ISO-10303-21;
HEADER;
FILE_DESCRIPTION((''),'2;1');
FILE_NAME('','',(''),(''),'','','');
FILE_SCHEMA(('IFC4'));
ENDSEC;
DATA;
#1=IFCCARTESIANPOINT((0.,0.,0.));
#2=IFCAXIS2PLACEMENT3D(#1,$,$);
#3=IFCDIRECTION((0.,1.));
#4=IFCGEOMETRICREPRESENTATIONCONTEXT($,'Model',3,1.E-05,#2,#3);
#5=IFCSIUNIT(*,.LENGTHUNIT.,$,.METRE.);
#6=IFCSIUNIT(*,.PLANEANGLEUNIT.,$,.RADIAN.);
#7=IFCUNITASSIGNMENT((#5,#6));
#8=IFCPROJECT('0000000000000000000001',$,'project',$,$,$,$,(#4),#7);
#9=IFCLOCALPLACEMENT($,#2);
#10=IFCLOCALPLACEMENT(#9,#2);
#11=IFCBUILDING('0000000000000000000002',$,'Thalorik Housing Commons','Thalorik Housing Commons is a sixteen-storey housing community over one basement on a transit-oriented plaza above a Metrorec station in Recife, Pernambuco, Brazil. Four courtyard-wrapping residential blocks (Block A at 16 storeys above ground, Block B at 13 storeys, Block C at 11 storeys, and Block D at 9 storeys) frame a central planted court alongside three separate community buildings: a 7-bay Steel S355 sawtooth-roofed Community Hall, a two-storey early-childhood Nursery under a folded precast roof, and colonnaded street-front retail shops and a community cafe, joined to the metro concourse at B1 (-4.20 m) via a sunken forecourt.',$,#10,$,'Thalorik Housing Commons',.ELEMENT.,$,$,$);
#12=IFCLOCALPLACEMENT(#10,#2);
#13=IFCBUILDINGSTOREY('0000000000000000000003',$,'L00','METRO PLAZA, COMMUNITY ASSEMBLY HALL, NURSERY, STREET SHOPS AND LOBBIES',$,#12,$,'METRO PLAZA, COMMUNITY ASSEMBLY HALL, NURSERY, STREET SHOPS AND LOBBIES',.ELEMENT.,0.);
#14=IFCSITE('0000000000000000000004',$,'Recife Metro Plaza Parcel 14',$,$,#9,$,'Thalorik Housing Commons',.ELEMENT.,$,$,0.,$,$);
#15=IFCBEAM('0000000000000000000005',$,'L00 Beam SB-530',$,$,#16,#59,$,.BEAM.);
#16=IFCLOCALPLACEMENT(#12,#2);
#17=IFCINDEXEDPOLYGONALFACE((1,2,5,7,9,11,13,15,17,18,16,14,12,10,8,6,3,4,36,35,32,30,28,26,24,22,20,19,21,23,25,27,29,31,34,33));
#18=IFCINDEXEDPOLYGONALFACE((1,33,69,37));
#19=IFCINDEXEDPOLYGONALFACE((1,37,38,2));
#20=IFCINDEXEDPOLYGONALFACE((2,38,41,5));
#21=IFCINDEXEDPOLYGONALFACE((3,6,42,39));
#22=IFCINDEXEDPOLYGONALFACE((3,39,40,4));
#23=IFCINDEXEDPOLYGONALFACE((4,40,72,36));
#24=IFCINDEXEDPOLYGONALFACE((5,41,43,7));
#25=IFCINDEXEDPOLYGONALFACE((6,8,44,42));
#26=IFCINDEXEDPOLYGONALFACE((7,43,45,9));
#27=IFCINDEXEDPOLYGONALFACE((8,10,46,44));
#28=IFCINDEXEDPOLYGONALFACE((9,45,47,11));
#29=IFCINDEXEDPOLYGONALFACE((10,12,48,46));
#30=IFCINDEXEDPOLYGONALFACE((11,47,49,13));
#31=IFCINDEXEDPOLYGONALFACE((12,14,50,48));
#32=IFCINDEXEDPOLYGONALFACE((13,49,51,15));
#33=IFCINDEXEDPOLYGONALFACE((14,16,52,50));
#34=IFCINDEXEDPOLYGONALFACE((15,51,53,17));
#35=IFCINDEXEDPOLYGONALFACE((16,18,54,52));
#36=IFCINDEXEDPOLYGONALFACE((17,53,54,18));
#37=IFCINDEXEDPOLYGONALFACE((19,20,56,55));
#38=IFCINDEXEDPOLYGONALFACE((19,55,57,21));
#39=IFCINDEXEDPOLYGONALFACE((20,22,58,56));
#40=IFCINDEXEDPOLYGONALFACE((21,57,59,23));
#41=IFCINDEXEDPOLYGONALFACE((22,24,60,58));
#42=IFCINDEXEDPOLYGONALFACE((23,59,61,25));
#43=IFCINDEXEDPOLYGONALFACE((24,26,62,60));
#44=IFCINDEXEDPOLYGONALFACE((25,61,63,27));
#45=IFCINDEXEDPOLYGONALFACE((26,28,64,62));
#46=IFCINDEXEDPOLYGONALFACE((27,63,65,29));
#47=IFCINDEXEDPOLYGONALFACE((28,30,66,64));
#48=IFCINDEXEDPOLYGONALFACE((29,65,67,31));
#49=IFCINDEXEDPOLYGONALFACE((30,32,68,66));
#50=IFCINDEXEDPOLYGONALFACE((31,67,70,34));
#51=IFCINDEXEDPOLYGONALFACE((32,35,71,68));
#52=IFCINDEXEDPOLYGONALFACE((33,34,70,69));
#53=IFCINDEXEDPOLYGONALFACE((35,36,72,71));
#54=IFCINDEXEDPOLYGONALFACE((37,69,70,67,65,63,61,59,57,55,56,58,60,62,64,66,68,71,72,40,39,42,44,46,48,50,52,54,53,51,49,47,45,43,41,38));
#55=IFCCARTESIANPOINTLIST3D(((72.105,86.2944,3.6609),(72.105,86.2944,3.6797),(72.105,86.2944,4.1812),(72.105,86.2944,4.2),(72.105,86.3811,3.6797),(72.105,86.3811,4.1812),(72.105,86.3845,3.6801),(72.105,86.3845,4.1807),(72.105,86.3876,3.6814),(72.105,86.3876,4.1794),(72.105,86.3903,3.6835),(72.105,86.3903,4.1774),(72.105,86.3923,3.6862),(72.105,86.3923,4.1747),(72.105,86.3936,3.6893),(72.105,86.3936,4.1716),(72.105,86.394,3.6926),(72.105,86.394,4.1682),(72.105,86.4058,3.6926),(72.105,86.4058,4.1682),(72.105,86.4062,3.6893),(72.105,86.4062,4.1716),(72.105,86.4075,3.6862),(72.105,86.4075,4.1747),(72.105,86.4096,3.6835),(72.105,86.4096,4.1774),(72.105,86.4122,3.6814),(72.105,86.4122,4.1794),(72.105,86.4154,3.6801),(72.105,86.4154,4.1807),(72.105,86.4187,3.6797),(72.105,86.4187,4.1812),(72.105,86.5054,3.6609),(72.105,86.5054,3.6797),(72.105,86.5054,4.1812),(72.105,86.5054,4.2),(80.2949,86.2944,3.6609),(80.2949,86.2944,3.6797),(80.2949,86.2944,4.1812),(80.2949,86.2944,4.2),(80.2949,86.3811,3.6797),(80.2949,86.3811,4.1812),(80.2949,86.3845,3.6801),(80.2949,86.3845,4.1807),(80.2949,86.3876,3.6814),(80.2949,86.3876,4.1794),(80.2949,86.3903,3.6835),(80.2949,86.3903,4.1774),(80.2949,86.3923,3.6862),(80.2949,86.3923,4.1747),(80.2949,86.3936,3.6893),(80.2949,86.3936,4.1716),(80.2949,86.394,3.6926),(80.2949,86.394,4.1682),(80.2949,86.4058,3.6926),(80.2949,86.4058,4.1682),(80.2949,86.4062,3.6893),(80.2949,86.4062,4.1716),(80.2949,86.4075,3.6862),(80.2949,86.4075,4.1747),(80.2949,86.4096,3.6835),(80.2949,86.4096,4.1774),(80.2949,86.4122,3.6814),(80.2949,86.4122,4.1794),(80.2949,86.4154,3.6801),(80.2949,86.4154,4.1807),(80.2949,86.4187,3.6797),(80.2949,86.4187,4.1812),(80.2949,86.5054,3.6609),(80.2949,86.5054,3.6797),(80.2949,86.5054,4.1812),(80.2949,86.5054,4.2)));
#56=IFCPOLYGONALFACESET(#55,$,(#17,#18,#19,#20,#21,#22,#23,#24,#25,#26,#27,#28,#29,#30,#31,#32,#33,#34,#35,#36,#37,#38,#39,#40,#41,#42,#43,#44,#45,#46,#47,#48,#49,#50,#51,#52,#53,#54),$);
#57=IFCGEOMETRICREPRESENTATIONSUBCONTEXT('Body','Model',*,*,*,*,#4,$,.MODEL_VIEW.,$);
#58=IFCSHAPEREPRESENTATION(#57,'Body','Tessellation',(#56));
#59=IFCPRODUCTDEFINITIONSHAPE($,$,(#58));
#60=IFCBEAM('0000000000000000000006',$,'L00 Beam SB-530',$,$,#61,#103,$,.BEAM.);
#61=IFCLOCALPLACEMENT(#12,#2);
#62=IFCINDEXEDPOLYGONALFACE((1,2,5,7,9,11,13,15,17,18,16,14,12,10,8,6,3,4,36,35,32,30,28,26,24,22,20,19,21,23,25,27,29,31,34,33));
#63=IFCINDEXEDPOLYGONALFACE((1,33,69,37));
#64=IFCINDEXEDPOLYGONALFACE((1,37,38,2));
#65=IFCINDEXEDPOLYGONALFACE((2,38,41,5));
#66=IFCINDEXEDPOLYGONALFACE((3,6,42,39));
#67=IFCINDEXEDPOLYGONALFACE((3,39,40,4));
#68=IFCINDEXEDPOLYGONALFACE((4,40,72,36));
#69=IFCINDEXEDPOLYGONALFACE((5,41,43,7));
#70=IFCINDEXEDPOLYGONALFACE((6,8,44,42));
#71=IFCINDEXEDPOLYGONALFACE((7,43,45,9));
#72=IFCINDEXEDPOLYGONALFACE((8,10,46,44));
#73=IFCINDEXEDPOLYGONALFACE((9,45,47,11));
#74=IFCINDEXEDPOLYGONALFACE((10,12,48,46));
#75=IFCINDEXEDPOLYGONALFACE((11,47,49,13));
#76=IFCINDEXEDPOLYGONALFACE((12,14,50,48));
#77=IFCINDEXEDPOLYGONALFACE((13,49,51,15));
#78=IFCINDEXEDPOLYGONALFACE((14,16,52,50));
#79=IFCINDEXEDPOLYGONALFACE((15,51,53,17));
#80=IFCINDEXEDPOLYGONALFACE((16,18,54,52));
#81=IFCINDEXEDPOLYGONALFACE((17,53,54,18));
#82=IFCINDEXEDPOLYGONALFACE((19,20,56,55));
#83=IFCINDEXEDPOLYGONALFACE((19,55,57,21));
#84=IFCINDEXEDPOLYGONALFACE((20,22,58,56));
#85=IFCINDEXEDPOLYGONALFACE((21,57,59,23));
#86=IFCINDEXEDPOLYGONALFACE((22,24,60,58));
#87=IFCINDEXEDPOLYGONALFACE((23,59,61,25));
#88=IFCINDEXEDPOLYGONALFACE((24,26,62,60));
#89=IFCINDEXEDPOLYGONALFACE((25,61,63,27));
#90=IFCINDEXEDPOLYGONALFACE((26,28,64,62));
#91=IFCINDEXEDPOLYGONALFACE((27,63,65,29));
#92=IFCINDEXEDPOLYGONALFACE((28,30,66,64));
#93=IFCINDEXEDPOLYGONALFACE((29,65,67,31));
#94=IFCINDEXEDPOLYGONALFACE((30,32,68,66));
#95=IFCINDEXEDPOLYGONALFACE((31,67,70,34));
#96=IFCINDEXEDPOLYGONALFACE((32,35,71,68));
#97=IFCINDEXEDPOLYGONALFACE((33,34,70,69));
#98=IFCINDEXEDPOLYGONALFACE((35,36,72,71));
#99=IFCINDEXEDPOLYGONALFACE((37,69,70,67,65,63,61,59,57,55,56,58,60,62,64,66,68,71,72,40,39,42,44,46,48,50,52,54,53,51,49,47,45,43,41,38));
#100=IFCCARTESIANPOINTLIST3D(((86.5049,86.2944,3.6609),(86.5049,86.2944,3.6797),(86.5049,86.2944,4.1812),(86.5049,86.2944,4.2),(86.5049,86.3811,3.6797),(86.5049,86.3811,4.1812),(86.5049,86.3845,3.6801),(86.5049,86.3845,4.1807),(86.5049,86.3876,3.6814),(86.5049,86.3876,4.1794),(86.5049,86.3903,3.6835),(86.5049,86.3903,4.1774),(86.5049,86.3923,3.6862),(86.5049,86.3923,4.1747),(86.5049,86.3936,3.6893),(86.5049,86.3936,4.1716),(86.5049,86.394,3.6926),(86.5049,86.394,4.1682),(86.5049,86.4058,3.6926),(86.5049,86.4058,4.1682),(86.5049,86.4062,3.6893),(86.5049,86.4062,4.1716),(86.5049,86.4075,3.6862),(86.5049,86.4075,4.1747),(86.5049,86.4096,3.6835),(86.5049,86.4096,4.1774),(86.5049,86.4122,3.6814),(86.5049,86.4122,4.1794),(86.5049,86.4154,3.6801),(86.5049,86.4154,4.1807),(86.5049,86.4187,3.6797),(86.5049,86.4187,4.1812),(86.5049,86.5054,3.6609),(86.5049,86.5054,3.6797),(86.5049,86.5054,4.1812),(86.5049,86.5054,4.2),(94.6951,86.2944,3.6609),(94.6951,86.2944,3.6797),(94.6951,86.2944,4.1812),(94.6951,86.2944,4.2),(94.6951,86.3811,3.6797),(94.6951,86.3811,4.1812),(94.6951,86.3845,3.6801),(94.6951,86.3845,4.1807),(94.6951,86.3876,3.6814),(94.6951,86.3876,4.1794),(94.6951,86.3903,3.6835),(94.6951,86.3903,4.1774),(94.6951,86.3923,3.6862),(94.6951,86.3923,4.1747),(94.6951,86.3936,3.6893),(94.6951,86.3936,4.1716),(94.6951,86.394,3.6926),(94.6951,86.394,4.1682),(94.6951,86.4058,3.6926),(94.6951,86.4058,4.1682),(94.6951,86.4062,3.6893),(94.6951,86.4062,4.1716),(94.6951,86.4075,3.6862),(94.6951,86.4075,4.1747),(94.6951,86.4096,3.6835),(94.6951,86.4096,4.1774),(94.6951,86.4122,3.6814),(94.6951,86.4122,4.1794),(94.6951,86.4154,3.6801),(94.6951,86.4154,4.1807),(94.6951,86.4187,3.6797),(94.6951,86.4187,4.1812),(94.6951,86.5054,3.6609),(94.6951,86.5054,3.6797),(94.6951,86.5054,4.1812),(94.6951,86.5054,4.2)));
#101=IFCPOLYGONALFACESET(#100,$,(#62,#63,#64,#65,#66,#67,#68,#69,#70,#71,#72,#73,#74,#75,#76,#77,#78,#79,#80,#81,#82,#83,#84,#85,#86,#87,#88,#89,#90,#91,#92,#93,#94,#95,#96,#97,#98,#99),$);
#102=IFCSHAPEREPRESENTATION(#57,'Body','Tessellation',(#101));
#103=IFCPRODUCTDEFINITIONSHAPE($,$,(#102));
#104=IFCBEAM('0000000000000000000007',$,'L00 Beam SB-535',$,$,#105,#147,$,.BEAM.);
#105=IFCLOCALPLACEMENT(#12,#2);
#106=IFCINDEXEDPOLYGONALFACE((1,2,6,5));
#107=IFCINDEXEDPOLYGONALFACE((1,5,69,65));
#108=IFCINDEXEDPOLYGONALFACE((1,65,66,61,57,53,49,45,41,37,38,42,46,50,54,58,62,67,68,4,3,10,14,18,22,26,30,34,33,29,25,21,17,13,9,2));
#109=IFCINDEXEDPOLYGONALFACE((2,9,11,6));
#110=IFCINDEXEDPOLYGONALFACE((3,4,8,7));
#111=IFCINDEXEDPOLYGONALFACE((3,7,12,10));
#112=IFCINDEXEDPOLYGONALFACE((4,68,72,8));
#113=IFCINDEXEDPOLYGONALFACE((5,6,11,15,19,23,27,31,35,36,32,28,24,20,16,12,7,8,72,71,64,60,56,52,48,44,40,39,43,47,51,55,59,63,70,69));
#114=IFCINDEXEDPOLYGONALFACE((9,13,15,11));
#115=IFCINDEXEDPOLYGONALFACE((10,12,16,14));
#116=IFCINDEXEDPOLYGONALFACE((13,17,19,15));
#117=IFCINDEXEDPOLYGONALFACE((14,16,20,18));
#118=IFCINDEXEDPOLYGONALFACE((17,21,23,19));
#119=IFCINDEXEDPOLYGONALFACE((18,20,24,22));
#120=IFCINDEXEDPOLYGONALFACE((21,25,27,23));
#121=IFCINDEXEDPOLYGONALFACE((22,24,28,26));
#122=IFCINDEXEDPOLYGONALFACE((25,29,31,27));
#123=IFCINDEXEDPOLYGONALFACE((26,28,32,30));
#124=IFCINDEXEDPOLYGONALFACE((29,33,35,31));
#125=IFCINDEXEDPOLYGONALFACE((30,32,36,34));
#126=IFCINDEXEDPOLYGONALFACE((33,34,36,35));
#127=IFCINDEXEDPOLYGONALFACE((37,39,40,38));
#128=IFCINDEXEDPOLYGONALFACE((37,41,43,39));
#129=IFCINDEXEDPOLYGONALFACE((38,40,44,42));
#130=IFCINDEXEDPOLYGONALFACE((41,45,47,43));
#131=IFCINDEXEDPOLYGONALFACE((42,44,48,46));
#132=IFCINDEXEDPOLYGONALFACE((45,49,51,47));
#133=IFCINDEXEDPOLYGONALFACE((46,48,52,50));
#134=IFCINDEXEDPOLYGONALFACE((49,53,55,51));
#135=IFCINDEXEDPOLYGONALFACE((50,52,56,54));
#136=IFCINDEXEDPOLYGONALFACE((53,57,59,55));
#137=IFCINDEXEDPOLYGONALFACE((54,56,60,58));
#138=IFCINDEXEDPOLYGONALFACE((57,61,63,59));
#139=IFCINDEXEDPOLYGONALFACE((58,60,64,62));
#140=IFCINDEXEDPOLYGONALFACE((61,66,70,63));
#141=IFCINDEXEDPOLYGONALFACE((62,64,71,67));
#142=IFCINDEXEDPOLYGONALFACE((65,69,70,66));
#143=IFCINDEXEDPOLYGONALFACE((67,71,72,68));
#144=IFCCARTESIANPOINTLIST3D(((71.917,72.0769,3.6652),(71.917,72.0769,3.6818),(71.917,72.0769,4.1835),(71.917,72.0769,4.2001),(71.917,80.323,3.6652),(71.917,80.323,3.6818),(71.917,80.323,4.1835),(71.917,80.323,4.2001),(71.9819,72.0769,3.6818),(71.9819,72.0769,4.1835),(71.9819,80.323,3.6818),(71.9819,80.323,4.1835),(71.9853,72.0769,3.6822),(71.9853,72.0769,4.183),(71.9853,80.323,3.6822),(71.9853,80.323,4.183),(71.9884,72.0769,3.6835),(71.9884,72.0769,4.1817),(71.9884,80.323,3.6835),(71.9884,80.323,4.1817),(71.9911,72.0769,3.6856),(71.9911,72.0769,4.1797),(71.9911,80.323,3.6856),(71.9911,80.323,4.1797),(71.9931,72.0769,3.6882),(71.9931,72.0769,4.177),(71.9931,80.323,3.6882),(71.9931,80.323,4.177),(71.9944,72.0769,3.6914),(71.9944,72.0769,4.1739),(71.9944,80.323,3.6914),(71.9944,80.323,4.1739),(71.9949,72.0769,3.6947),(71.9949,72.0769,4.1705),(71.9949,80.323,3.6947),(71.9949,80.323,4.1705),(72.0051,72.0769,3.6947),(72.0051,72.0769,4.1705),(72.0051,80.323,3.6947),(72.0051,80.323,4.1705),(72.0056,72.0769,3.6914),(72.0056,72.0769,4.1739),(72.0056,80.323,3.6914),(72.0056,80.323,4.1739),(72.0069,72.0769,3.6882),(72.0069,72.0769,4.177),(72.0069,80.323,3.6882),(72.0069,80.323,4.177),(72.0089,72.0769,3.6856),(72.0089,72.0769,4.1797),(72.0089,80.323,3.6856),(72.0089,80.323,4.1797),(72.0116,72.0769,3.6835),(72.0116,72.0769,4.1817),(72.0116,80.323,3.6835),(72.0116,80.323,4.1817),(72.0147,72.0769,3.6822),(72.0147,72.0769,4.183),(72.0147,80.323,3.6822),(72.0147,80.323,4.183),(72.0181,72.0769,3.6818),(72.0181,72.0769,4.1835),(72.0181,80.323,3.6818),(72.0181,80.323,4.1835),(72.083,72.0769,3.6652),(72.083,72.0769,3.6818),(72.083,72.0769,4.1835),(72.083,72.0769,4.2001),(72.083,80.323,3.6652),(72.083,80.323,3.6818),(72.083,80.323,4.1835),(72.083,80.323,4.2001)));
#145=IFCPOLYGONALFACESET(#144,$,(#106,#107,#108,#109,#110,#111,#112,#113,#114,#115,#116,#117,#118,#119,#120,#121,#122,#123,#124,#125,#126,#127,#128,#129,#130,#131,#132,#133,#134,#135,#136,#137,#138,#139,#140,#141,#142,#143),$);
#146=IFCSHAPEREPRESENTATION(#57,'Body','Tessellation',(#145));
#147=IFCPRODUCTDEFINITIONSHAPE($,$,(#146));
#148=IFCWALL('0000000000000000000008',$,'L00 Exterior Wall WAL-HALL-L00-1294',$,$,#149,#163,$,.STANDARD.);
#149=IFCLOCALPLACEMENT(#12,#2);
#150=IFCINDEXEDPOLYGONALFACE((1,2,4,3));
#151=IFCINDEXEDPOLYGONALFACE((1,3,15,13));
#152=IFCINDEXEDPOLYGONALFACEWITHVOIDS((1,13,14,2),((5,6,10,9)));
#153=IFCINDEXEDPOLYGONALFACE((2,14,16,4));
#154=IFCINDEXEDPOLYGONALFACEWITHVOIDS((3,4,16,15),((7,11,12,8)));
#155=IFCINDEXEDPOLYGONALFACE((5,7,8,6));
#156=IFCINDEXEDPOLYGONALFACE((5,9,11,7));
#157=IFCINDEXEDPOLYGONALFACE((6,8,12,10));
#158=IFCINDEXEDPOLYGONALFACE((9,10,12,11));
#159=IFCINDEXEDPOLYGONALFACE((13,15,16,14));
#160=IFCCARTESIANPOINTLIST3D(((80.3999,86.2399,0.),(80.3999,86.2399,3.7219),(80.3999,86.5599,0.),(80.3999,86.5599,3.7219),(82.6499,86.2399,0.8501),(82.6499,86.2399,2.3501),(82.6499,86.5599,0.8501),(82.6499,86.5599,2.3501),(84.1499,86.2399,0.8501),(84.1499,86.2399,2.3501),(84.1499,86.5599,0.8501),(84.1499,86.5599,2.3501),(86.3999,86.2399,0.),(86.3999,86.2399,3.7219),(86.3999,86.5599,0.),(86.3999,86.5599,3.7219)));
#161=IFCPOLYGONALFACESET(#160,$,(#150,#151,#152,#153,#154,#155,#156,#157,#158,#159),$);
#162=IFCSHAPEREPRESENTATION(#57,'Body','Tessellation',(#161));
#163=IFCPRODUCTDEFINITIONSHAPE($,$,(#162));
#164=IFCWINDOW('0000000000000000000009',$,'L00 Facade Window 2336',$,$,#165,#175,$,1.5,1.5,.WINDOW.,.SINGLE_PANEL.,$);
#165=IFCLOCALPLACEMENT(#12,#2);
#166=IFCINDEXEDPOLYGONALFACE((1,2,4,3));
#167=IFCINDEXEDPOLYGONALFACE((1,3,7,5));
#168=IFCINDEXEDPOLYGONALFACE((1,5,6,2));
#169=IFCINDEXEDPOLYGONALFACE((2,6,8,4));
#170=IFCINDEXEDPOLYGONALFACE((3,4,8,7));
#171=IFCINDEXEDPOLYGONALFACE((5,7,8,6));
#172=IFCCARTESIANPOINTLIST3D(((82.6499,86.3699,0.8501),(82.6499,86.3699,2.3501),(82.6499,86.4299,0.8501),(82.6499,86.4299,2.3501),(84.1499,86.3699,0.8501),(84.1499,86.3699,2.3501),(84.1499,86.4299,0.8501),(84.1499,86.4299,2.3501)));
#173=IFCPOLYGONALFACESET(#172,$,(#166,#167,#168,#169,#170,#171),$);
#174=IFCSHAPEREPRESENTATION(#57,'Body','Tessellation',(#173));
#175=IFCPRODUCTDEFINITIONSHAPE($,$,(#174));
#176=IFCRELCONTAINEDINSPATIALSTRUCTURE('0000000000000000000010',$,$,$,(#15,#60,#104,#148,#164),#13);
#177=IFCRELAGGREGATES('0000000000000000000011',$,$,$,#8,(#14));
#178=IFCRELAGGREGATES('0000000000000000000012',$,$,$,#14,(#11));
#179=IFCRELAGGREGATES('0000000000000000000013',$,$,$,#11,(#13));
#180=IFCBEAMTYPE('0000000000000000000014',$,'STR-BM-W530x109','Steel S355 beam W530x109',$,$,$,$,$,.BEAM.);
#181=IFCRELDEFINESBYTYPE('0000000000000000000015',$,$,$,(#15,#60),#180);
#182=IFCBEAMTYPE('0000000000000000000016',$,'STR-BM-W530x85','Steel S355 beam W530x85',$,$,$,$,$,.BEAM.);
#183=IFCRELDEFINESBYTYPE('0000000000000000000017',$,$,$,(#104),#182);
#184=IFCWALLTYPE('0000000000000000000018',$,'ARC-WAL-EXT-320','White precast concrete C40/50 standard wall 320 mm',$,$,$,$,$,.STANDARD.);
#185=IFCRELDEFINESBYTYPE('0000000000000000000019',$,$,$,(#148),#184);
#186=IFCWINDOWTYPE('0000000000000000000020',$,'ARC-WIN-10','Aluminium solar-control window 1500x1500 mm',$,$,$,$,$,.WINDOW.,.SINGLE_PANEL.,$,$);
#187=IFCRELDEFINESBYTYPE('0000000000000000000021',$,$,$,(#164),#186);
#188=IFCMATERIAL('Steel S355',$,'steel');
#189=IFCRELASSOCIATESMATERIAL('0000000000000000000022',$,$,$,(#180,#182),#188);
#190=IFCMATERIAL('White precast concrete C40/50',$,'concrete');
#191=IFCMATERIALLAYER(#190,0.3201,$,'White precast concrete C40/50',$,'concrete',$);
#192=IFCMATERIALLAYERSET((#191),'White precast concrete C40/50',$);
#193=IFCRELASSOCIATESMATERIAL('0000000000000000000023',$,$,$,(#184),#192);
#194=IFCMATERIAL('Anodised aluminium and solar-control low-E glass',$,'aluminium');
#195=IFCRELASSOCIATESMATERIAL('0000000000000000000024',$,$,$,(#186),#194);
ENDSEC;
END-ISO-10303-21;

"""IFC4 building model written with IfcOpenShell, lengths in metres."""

from ifc_helpers import new_model, si_unit, direction, frame, frame_2d, origin, origin_2d, place, context, subcontext, project, spatial, rectangle, i_section, extrude, material, layer, layer_set, material_profile, profile_set, type_object, element, fill, save


model = new_model("IFC4")

# Units and contexts
model_context = context("Model", 3, precision=1e-05, world=origin(), true_north=direction((0.0, 1.0)))
body_context = subcontext(model_context, "Body", "Model", "MODEL_VIEW")
ifc_project = project(units=[si_unit("LENGTHUNIT", "METRE"), si_unit("PLANEANGLEUNIT", "RADIAN")], contexts=[model_context])

# Site, building, storey
site_placement = place(None, origin())
site = spatial("IfcSite", under=ifc_project, at=site_placement, Name="Recife Metro Plaza Parcel 14", LongName="Thalorik Housing Commons", CompositionType="ELEMENT", RefElevation=0.0)
building_placement = place(site_placement, origin())
building = spatial("IfcBuilding", under=site, at=building_placement, Name="Thalorik Housing Commons", Description="Thalorik Housing Commons is a sixteen-storey housing community over one basement on a transit-oriented plaza above a Metrorec station in Recife, Pernambuco, Brazil. Four courtyard-wrapping residential blocks (Block A at 16 storeys above ground, Block B at 13 storeys, Block C at 11 storeys, and Block D at 9 storeys) frame a central planted court alongside three separate community buildings: a 7-bay Steel S355 sawtooth-roofed Community Hall, a two-storey early-childhood Nursery under a folded precast roof, and colonnaded street-front retail shops and a community cafe, joined to the metro concourse at B1 (-4.20 m) via a sunken forecourt.", LongName="Thalorik Housing Commons", CompositionType="ELEMENT")
storey_placement = place(building_placement, origin())
storey = spatial("IfcBuildingStorey", under=building, at=storey_placement, Name="L00", Description="METRO PLAZA, COMMUNITY ASSEMBLY HALL, NURSERY, STREET SHOPS AND LOBBIES", LongName="METRO PLAZA, COMMUNITY ASSEMBLY HALL, NURSERY, STREET SHOPS AND LOBBIES", CompositionType="ELEMENT", Elevation=0.0)

# Shared definitions
ifc_material_1 = material(Name="Steel S355", Category="steel")

# Beams
ifc_material_profile_1 = material_profile(ifc_material_1, i_section(OverallWidth=0.2109, OverallDepth=0.5391, WebThickness=0.0117, FlangeThickness=0.0188, FilletRadius=0.0129, at=origin_2d()), Name="W530x109", Category="steel")
ifc_profile_set_1 = profile_set([ifc_material_profile_1], Name="Steel S355")
beam_type_1 = type_object("IfcBeamType", Name="STR-BM-W530x109", Description="Steel S355 beam W530x109", PredefinedType="BEAM", material=ifc_profile_set_1)
beam_1_placement = place(storey_placement, frame((72.105, 86.3999, 3.9304), z_axis=(1.0, 0.0, 0.0), x_axis=(0.0, 1.0, 0.0)))
element("IfcBeam", 1, at=beam_1_placement, inside=storey, type_object=beam_type_1, Name="L00 Beam SB-530", PredefinedType="BEAM", context=body_context, shape_type="SweptSolid", body=[
    extrude(i_section(OverallWidth=0.2109, OverallDepth=0.5391, WebThickness=0.0117, FlangeThickness=0.0188, FilletRadius=0.0129, at=origin_2d()), origin(), (0.0, 0.0, 1.0), 8.1899),
])
beam_2_placement = place(storey_placement, frame((86.5049, 86.3999, 3.9304), z_axis=(1.0, 0.0, 0.0), x_axis=(0.0, 1.0, 0.0)))
element("IfcBeam", 2, at=beam_2_placement, inside=storey, type_object=beam_type_1, Name="L00 Beam SB-530", PredefinedType="BEAM", context=body_context, shape_type="SweptSolid", body=[
    extrude(i_section(OverallWidth=0.2109, OverallDepth=0.5391, WebThickness=0.0117, FlangeThickness=0.0188, FilletRadius=0.0129, at=origin_2d()), origin(), (0.0, 0.0, 1.0), 8.1902),
])
ifc_material_profile_2 = material_profile(ifc_material_1, i_section(OverallWidth=0.166, OverallDepth=0.5349, WebThickness=0.0103, FlangeThickness=0.0166, FilletRadius=0.0129, at=origin_2d()), Name="W530x85", Category="steel")
ifc_profile_set_2 = profile_set([ifc_material_profile_2], Name="Steel S355")
beam_type_2 = type_object("IfcBeamType", Name="STR-BM-W530x85", Description="Steel S355 beam W530x85", PredefinedType="BEAM", material=ifc_profile_set_2)
beam_3_placement = place(storey_placement, frame((72.0, 72.0769, 3.9326), z_axis=(0.0, 1.0, 0.0), x_axis=(-1.0, 0.0, 0.0)))
element("IfcBeam", 3, at=beam_3_placement, inside=storey, type_object=beam_type_2, Name="L00 Beam SB-535", PredefinedType="BEAM", context=body_context, shape_type="SweptSolid", body=[
    extrude(i_section(OverallWidth=0.166, OverallDepth=0.5349, WebThickness=0.0103, FlangeThickness=0.0166, FilletRadius=0.0129, at=origin_2d()), origin(), (0.0, 0.0, 1.0), 8.2461),
])

# Wall, opening, window
ifc_material_2 = material(Name="White precast concrete C40/50", Category="concrete")
ifc_layer_1 = layer(ifc_material_2, 0.3201, Name="White precast concrete C40/50", Category="concrete")
ifc_layer_set_1 = layer_set([ifc_layer_1], Name="White precast concrete C40/50")
wall_type_1 = type_object("IfcWallType", Name="ARC-WAL-EXT-320", Description="White precast concrete C40/50 standard wall 320 mm", PredefinedType="STANDARD", material=ifc_layer_set_1)
wall_1_placement = place(storey_placement, frame((86.3999, 86.3999, 0.0), z_axis=(0.0, 0.0, 1.0), x_axis=(-1.0, 0.0, 0.0)))
wall_1 = element("IfcWall", 4, at=wall_1_placement, inside=storey, type_object=wall_type_1, Name="L00 Exterior Wall WAL-HALL-L00-1294", PredefinedType="STANDARD", context=body_context, shape_type="SweptSolid", body=[
    extrude(rectangle(XDim=6.0, YDim=0.3201, at=frame_2d((3.0, 0.0))), origin(), (0.0, 0.0, 1.0), 3.7219),
])
opening_1_placement = place(wall_1_placement, frame((2.25, 0.0, 0.8501)))
opening_1 = element("IfcOpeningElement", 5, at=opening_1_placement, cuts=wall_1, PredefinedType="OPENING", context=body_context, shape_type="SweptSolid", body=[
    extrude(rectangle(XDim=1.5, YDim=1.5, at=frame_2d((0.75, 0.75))), frame((0.0, 0.1699, 0.0), z_axis=(0.0, -1.0, 0.0), x_axis=(1.0, 0.0, 0.0)), (0.0, 0.0, 1.0), 0.3401),
])
ifc_material_3 = material(Name="Anodised aluminium and solar-control low-E glass", Category="aluminium")
window_type_1 = type_object("IfcWindowType", Name="ARC-WIN-10", Description="Aluminium solar-control window 1500x1500 mm", PartitioningType="SINGLE_PANEL", PredefinedType="WINDOW", material=ifc_material_3)
window_1_placement = place(opening_1_placement, origin())
window_1 = element("IfcWindow", 6, at=window_1_placement, inside=storey, type_object=window_type_1, Name="L00 Facade Window 2336", OverallHeight=1.5, OverallWidth=1.5, PartitioningType="SINGLE_PANEL", PredefinedType="WINDOW", context=body_context, shape_type="SweptSolid", body=[
    extrude(rectangle(XDim=1.5, YDim=1.5, at=frame_2d((0.75, 0.75))), frame((0.0, 0.03, 0.0), z_axis=(0.0, -1.0, 0.0), x_axis=(1.0, 0.0, 0.0)), (0.0, 0.0, 1.0), 0.0601),
])
fill(opening_1, window_1)

save(model, "model.ifc")
